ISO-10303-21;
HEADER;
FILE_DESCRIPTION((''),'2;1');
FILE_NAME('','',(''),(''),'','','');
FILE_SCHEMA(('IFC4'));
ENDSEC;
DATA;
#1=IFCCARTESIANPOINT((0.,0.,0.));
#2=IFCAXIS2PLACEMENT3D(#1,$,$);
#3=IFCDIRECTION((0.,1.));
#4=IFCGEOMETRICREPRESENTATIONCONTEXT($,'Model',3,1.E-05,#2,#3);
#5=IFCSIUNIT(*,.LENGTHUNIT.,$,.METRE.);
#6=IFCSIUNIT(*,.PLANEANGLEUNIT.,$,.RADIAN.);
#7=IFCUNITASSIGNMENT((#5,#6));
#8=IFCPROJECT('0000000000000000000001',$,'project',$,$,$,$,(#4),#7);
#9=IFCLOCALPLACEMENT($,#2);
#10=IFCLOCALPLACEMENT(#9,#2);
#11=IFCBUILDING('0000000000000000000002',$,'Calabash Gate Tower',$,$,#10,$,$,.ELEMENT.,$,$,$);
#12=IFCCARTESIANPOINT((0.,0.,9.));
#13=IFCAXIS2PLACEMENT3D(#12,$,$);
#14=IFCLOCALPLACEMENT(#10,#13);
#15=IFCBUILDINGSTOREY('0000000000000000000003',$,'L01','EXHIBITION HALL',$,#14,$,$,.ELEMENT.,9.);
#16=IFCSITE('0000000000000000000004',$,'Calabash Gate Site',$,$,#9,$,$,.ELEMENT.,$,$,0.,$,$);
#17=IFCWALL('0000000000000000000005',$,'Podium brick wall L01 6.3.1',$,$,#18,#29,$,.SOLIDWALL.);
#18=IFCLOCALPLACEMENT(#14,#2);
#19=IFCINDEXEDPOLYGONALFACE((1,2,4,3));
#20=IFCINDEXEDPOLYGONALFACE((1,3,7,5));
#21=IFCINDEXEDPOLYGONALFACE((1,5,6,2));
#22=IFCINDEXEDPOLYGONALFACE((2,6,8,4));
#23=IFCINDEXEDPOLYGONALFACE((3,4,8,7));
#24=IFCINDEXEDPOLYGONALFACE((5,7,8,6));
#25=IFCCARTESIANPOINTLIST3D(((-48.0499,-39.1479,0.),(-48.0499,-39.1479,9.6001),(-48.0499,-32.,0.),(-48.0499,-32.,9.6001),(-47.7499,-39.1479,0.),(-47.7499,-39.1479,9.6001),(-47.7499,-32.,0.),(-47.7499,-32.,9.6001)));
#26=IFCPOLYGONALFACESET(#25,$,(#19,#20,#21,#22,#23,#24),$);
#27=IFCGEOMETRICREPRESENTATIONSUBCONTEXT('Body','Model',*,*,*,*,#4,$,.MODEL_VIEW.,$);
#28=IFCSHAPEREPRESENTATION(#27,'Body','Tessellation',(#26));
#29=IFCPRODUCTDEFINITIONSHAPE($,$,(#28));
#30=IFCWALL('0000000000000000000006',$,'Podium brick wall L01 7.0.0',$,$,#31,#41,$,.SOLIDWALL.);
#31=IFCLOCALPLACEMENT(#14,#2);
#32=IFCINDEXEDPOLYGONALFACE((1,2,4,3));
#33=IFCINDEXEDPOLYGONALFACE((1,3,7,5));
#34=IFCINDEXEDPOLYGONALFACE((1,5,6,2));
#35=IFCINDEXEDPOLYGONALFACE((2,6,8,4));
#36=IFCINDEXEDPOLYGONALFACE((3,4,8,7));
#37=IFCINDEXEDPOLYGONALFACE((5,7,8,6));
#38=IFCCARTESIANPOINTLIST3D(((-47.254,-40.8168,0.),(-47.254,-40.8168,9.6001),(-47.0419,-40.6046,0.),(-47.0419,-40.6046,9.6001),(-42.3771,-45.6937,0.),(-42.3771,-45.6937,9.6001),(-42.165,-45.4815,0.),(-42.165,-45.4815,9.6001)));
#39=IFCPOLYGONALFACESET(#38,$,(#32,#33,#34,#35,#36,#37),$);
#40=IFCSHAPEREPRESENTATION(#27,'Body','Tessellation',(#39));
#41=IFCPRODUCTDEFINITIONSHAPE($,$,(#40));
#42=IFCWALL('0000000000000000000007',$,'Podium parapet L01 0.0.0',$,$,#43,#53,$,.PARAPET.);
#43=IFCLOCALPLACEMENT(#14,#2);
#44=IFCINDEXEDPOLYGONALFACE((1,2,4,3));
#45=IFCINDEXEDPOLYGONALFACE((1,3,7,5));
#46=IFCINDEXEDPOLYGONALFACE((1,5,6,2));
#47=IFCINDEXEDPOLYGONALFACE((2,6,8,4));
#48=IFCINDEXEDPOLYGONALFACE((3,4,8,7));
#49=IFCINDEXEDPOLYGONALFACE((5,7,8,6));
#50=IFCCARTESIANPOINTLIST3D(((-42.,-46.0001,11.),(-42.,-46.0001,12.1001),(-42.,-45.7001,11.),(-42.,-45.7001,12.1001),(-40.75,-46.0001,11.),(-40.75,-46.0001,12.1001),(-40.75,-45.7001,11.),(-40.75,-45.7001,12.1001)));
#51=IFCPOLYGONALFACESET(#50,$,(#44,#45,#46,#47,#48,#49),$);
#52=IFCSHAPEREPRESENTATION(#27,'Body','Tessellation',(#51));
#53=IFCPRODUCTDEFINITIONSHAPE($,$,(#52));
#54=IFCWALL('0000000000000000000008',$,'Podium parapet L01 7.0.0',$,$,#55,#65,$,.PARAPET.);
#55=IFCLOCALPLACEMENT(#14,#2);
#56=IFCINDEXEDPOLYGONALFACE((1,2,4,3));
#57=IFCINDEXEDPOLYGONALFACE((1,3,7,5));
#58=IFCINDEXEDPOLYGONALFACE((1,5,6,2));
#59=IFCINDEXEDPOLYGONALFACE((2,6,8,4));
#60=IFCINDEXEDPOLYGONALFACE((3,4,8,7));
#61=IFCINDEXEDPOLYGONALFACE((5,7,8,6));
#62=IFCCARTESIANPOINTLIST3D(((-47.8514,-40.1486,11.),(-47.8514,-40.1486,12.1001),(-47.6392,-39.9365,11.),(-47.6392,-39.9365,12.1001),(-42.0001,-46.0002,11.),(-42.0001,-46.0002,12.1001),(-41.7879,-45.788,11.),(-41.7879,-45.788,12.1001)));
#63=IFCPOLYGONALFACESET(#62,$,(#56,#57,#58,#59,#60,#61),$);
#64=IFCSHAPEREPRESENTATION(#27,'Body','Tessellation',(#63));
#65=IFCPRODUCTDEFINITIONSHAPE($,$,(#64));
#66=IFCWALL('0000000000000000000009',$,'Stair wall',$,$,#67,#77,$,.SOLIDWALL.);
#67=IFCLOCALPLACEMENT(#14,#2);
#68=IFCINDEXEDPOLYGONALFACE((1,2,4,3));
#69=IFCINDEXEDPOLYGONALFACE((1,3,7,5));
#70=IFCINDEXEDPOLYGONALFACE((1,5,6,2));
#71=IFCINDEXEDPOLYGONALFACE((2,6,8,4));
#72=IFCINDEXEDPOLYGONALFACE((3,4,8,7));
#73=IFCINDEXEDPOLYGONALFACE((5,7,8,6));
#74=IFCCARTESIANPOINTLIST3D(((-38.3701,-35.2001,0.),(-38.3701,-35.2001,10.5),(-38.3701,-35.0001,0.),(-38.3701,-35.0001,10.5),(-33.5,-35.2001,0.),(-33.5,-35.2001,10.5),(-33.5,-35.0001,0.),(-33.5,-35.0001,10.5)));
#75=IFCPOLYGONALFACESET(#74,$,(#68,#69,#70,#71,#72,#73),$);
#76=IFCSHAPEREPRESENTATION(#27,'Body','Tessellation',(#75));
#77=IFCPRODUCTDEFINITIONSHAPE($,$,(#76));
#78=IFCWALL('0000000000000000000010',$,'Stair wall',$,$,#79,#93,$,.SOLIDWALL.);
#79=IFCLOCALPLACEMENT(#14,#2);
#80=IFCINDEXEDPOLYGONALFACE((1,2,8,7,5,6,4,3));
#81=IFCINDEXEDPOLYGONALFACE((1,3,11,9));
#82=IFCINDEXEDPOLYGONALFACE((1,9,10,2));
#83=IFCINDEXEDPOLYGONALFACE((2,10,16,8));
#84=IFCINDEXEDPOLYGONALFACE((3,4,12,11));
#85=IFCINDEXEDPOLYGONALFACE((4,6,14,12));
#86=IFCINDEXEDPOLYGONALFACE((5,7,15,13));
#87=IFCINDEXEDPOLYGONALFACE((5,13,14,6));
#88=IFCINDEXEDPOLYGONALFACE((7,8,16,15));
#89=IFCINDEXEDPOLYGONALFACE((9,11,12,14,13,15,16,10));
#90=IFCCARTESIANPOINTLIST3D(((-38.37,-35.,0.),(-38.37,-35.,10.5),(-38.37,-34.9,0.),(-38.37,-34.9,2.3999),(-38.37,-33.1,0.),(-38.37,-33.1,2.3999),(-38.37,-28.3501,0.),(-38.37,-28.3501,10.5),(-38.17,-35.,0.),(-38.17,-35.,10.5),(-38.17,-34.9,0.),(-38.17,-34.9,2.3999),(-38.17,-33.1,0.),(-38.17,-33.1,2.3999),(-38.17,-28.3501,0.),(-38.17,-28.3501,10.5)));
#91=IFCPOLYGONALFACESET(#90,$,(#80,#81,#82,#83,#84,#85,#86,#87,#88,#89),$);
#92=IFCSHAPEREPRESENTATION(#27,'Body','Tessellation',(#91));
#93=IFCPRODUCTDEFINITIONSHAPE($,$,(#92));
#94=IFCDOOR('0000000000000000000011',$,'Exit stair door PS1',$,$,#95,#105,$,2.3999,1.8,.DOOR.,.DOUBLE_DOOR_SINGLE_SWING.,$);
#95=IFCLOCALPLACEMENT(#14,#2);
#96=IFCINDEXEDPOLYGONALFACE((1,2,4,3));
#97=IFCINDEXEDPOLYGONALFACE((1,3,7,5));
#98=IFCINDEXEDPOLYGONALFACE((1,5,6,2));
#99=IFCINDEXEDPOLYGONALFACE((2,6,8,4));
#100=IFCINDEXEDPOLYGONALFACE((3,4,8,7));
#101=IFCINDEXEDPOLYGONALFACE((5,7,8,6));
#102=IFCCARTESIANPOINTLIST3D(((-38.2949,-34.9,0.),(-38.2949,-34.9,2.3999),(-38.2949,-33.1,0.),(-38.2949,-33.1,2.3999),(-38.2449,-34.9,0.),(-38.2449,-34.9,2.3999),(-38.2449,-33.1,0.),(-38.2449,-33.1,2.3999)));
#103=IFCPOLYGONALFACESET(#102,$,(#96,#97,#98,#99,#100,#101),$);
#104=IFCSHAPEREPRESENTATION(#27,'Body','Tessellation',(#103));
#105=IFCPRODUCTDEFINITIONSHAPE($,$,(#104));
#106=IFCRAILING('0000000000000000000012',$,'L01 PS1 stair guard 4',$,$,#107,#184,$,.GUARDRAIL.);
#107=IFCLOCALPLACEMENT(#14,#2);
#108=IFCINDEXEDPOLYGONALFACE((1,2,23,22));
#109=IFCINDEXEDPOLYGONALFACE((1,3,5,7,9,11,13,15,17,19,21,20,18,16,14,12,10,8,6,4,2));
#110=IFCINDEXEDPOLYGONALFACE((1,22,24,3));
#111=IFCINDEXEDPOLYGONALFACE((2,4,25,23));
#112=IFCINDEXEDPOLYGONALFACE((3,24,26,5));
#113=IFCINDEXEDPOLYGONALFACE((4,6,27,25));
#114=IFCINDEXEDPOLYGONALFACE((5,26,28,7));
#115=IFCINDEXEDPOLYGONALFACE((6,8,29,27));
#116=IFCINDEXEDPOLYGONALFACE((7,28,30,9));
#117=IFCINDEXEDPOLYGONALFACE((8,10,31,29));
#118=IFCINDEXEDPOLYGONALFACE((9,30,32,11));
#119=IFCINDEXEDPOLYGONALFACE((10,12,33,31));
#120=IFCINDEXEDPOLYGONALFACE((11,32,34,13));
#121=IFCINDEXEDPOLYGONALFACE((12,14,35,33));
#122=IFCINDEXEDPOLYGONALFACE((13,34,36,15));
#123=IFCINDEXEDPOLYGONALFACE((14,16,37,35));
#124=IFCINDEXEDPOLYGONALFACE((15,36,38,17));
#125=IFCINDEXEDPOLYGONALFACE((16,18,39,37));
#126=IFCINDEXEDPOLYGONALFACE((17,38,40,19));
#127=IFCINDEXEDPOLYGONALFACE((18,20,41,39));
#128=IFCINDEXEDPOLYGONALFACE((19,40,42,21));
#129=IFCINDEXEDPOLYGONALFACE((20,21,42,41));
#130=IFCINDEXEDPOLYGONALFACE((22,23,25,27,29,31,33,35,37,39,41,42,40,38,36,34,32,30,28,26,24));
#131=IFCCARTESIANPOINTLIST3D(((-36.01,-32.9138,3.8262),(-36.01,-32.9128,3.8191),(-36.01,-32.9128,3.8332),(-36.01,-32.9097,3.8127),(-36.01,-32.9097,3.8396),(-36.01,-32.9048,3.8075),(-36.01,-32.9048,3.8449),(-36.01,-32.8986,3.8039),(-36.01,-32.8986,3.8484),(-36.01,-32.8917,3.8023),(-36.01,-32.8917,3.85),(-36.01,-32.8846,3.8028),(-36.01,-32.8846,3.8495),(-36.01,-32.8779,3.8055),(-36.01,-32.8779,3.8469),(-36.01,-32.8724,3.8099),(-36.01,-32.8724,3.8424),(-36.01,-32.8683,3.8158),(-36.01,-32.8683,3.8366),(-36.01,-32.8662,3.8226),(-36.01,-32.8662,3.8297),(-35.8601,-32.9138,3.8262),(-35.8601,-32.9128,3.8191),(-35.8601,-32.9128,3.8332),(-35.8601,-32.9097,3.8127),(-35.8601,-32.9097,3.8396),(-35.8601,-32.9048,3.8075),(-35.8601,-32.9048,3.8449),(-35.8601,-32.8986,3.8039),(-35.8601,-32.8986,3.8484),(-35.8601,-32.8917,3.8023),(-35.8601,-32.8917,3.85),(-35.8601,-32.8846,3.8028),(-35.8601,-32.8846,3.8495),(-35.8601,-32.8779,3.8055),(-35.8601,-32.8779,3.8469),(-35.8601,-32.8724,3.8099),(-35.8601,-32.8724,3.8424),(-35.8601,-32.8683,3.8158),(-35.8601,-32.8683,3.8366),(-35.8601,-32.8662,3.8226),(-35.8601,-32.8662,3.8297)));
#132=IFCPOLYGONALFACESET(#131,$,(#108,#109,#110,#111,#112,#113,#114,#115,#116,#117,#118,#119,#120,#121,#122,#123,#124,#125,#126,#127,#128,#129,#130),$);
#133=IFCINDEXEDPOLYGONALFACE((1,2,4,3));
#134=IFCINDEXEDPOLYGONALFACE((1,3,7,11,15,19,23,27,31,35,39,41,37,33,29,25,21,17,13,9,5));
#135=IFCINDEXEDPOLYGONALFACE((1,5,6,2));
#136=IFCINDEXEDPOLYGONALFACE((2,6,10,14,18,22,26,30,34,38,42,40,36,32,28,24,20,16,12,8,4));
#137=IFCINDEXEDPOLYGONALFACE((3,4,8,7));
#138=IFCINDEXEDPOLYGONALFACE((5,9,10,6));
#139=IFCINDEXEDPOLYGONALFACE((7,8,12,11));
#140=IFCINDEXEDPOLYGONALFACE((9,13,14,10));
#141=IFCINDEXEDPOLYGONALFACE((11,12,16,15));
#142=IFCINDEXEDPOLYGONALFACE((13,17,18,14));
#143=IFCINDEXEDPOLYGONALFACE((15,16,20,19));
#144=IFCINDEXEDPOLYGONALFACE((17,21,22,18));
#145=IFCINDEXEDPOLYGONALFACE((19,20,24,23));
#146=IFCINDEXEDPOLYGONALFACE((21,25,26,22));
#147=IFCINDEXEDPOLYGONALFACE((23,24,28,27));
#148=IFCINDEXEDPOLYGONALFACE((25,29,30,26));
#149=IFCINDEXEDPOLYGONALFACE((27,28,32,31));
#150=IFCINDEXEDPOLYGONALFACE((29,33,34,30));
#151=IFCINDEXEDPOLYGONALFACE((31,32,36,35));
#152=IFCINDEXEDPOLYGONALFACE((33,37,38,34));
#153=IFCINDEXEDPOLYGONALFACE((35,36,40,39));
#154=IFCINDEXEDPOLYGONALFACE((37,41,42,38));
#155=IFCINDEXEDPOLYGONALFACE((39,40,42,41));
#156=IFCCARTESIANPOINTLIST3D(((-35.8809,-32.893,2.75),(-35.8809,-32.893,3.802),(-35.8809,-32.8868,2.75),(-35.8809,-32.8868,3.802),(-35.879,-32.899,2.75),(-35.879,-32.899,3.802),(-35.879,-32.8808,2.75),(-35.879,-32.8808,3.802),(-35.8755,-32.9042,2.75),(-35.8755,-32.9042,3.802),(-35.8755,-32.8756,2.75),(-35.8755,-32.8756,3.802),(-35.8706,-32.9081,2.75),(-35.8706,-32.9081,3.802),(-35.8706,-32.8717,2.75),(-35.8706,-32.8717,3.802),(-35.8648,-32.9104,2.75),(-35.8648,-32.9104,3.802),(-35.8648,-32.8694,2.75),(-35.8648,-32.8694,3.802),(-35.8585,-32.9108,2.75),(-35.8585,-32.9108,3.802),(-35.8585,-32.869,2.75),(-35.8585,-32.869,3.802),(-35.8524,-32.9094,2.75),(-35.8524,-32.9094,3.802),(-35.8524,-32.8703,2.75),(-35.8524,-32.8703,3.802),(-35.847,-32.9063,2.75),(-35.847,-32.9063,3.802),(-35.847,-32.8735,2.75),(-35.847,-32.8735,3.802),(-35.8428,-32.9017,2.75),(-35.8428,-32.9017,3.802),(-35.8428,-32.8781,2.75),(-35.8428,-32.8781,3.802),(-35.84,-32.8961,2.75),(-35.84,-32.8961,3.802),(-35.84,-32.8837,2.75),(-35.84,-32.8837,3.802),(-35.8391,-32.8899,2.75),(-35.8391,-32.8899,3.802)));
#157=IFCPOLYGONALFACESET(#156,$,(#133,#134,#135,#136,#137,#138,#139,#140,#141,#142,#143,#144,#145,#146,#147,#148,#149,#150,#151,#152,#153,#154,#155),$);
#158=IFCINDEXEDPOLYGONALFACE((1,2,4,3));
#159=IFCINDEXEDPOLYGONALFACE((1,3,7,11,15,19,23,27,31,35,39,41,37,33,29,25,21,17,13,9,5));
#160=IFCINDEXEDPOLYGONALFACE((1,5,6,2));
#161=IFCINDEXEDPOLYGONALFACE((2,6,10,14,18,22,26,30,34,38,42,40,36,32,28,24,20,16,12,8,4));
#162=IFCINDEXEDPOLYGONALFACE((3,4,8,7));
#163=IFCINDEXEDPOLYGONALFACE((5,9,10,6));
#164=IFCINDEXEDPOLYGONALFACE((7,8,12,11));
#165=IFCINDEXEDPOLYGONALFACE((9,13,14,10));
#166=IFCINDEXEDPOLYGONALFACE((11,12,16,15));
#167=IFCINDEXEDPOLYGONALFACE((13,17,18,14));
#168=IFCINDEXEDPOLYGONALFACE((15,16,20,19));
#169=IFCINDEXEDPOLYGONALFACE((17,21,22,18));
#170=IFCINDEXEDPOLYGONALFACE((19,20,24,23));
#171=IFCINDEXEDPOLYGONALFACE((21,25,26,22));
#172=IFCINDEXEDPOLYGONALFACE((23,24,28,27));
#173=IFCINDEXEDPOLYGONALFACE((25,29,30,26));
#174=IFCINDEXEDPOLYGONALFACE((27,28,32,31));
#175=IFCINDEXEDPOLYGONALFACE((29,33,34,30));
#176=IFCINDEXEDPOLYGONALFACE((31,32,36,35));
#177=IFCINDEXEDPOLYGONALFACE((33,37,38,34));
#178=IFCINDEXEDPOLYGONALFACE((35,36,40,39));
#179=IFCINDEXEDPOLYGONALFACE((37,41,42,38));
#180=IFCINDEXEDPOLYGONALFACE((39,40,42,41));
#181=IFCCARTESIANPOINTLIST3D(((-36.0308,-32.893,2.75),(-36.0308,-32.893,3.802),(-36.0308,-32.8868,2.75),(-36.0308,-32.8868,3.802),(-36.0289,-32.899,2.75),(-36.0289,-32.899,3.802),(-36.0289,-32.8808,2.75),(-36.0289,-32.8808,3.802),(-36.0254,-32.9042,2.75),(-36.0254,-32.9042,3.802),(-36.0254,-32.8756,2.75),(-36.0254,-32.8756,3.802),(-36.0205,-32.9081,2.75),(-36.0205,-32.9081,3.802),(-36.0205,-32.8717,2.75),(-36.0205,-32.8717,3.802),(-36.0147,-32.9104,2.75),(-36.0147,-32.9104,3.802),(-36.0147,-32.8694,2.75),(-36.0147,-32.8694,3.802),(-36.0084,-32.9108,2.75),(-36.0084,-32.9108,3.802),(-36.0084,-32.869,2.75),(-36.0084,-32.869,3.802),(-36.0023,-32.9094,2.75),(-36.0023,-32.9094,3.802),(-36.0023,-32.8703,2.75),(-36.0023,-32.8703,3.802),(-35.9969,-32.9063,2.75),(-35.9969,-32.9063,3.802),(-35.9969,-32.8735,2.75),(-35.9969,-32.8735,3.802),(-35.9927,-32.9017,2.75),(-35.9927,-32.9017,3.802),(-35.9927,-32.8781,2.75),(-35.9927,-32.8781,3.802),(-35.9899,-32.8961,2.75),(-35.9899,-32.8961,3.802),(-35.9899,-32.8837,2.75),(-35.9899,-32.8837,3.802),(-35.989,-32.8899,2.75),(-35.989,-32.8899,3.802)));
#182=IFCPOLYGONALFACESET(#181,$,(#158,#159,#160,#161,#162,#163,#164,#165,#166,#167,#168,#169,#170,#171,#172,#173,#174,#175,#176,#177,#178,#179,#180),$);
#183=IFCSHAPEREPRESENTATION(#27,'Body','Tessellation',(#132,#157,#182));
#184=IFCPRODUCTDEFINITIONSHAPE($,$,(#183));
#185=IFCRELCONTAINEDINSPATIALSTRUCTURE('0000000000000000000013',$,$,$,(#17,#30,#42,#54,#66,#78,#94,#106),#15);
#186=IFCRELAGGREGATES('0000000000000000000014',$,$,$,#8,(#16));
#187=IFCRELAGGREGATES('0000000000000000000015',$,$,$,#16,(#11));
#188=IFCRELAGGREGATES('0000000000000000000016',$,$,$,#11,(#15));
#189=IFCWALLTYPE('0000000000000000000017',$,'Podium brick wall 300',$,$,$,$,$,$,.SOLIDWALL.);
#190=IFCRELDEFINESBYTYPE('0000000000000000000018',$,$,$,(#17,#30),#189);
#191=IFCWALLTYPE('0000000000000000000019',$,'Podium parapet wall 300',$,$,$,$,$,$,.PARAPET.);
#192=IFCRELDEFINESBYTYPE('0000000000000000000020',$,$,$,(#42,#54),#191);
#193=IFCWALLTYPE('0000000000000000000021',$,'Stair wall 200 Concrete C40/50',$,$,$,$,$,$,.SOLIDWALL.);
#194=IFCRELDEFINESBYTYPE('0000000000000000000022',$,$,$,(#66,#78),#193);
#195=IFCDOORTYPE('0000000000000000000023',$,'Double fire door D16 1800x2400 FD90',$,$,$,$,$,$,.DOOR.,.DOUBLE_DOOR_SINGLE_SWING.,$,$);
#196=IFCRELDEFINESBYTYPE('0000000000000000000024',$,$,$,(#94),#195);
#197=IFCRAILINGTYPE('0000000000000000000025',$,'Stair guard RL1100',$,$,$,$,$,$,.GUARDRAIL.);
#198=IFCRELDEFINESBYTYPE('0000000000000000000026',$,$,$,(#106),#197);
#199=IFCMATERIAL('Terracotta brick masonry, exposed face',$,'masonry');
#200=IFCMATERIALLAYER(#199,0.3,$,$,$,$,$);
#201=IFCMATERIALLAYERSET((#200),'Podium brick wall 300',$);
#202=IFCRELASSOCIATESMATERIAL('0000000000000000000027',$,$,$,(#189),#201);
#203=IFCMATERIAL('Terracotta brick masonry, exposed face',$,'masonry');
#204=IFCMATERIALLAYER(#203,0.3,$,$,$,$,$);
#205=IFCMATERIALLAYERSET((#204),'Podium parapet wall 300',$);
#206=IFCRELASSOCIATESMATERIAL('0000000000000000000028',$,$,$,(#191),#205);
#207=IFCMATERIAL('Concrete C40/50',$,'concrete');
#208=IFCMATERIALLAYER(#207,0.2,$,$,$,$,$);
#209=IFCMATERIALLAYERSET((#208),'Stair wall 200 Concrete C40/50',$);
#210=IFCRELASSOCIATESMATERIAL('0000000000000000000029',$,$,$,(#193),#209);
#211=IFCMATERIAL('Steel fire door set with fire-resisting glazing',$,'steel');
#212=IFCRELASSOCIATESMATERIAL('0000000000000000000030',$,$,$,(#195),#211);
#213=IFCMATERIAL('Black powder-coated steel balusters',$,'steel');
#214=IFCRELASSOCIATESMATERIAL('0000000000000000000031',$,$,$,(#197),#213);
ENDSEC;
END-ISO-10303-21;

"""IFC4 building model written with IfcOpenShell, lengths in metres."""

from ifc_helpers import new_model, si_unit, direction, frame, frame_2d, origin, origin_2d, place, context, subcontext, project, spatial, rectangle, circle, extrude, material, layer, layer_set, type_object, element, fill, save


model = new_model("IFC4")

# Units and contexts
model_context = context("Model", 3, precision=1e-05, world=origin(), true_north=direction((0.0, 1.0)))
body_context = subcontext(model_context, "Body", "Model", "MODEL_VIEW")
ifc_project = project(units=[si_unit("LENGTHUNIT", "METRE"), si_unit("PLANEANGLEUNIT", "RADIAN")], contexts=[model_context])

# Site, building, storey
site_placement = place(None, origin())
site = spatial("IfcSite", under=ifc_project, at=site_placement, Name="Calabash Gate Site", CompositionType="ELEMENT", RefElevation=0.0)
building_placement = place(site_placement, origin())
building = spatial("IfcBuilding", under=site, at=building_placement, Name="Calabash Gate Tower", CompositionType="ELEMENT")
storey_placement = place(building_placement, frame((0.0, 0.0, 9.0)))
storey = spatial("IfcBuildingStorey", under=building, at=storey_placement, Name="L01", Description="EXHIBITION HALL", CompositionType="ELEMENT", Elevation=9.0)

# Walls
ifc_material_1 = material(Name="Terracotta brick masonry, exposed face", Category="masonry")
ifc_layer_1 = layer(ifc_material_1, 0.3)
ifc_layer_set_1 = layer_set([ifc_layer_1], Name="Podium brick wall 300")
wall_type_1 = type_object("IfcWallType", Name="Podium brick wall 300", PredefinedType="SOLIDWALL", material=ifc_layer_set_1)
wall_1_placement = place(storey_placement, frame((-47.8999, -32.0, 0.0), z_axis=(0.0, 0.0, 1.0), x_axis=(0.0, -1.0, 0.0)))
element("IfcWall", 1, at=wall_1_placement, inside=storey, type_object=wall_type_1, Name="Podium brick wall L01 6.3.1", PredefinedType="SOLIDWALL", context=body_context, shape_type="SweptSolid", body=[
    extrude(rectangle(XDim=7.1479, YDim=0.3, at=frame_2d((3.574, 0.0))), origin(), (0.0, 0.0, 1.0), 9.6001),
])
wall_2_placement = place(storey_placement, frame((-47.1479, -40.7107, 0.0), z_axis=(0.0, 0.0, 1.0), x_axis=(0.707107, -0.707107, 0.0)))
element("IfcWall", 2, at=wall_2_placement, inside=storey, type_object=wall_type_1, Name="Podium brick wall L01 7.0.0", PredefinedType="SOLIDWALL", context=body_context, shape_type="SweptSolid", body=[
    extrude(rectangle(XDim=6.897, YDim=0.3, at=frame_2d((3.4485, 0.0))), origin(), (0.0, 0.0, 1.0), 9.6001),
])
ifc_material_2 = material(Name="Terracotta brick masonry, exposed face", Category="masonry")
ifc_layer_2 = layer(ifc_material_2, 0.3)
ifc_layer_set_2 = layer_set([ifc_layer_2], Name="Podium parapet wall 300")
wall_type_2 = type_object("IfcWallType", Name="Podium parapet wall 300", PredefinedType="PARAPET", material=ifc_layer_set_2)
wall_3_placement = place(storey_placement, frame((-42.0, -45.8501, 11.0), z_axis=(0.0, 0.0, 1.0), x_axis=(1.0, 0.0, 0.0)))
element("IfcWall", 3, at=wall_3_placement, inside=storey, type_object=wall_type_2, Name="Podium parapet L01 0.0.0", PredefinedType="PARAPET", context=body_context, shape_type="SweptSolid", body=[
    extrude(rectangle(XDim=1.25, YDim=0.3, at=frame_2d((0.625, 0.0))), origin(), (0.0, 0.0, 1.0), 1.1001),
])
wall_4_placement = place(storey_placement, frame((-47.7454, -40.0425, 11.0), z_axis=(0.0, 0.0, 1.0), x_axis=(0.707092, -0.707122, 0.0)))
element("IfcWall", 4, at=wall_4_placement, inside=storey, type_object=wall_type_2, Name="Podium parapet L01 7.0.0", PredefinedType="PARAPET", context=body_context, shape_type="SweptSolid", body=[
    extrude(rectangle(XDim=8.2751, YDim=0.3, at=frame_2d((4.1377, 0.0))), origin(), (0.0, 0.0, 1.0), 1.1001),
])
ifc_material_3 = material(Name="Concrete C40/50", Category="concrete")
ifc_layer_3 = layer(ifc_material_3, 0.2)
ifc_layer_set_3 = layer_set([ifc_layer_3], Name="Stair wall 200 Concrete C40/50")
wall_type_3 = type_object("IfcWallType", Name="Stair wall 200 Concrete C40/50", PredefinedType="SOLIDWALL", material=ifc_layer_set_3)
wall_5_placement = place(storey_placement, frame((-38.3701, -35.1001, 0.0), z_axis=(0.0, 0.0, 1.0), x_axis=(1.0, 0.0, 0.0)))
element("IfcWall", 5, at=wall_5_placement, inside=storey, type_object=wall_type_3, Name="Stair wall", PredefinedType="SOLIDWALL", context=body_context, shape_type="SweptSolid", body=[
    extrude(rectangle(XDim=4.8701, YDim=0.2, at=frame_2d((2.4351, 0.0))), origin(), (0.0, 0.0, 1.0), 10.5),
])

# Wall, opening, door
wall_6_placement = place(storey_placement, frame((-38.27, -35.0, 0.0), z_axis=(0.0, 0.0, 1.0), x_axis=(0.0, 1.0, 0.0)))
wall_6 = element("IfcWall", 6, at=wall_6_placement, inside=storey, type_object=wall_type_3, Name="Stair wall", PredefinedType="SOLIDWALL", context=body_context, shape_type="SweptSolid", body=[
    extrude(rectangle(XDim=6.6499, YDim=0.2, at=frame_2d((3.325, 0.0))), origin(), (0.0, 0.0, 1.0), 10.5),
])
opening_placement = place(wall_6_placement, frame((0.1001, 0.0, 0.0)))
opening = element("IfcOpeningElement", 7, at=opening_placement, cuts=wall_6, PredefinedType="OPENING", context=body_context, shape_type="SweptSolid", body=[
    extrude(rectangle(XDim=1.8, YDim=2.3999, at=frame_2d((0.8999, 1.2))), frame((0.0, 0.1099, 0.0), z_axis=(0.0, -1.0, 0.0), x_axis=(1.0, 0.0, 0.0)), (0.0, 0.0, 1.0), 0.22),
])
ifc_material_4 = material(Name="Steel fire door set with fire-resisting glazing", Category="steel")
door_type = type_object("IfcDoorType", Name="Double fire door D16 1800x2400 FD90", OperationType="DOUBLE_DOOR_SINGLE_SWING", PredefinedType="DOOR", material=ifc_material_4)
door_placement = place(opening_placement, origin())
door = element("IfcDoor", 8, at=door_placement, inside=storey, type_object=door_type, Name="Exit stair door PS1", OperationType="DOUBLE_DOOR_SINGLE_SWING", OverallHeight=2.3999, OverallWidth=1.8, PredefinedType="DOOR", context=body_context, shape_type="SweptSolid", body=[
    extrude(rectangle(XDim=1.8, YDim=2.3999, at=frame_2d((0.8999, 1.2))), frame((0.0, 0.0249, 0.0), z_axis=(0.0, -1.0, 0.0), x_axis=(1.0, 0.0, 0.0)), (0.0, 0.0, 1.0), 0.05),
])
fill(opening, door)

# Railing
ifc_material_5 = material(Name="Black powder-coated steel balusters", Category="steel")
railing_type = type_object("IfcRailingType", Name="Stair guard RL1100", PredefinedType="GUARDRAIL", material=ifc_material_5)
for number, where, name in (
    (9, (-35.8601, -32.8899, 2.75), "L01 PS1 stair guard 4"),
):
    element("IfcRailing", number, at=place(storey_placement, frame(where)), inside=storey, type_object=railing_type, Name=name, PredefinedType="GUARDRAIL", context=body_context, shape_type="SweptSolid", body=[
        extrude(circle(Radius=0.0239, at=origin_2d()), frame((0.0, 0.0, 1.0762), z_axis=(-1.0, 0.0, 0.0), x_axis=(0.0, -1.0, 0.0)), (0.0, 0.0, 1.0), 0.1499),
        extrude(circle(Radius=0.021, at=origin_2d()), origin(), (0.0, 0.0, 1.0), 1.052),
        extrude(circle(Radius=0.021, at=origin_2d()), frame((-0.1499, 0.0, 0.0)), (0.0, 0.0, 1.0), 1.052),
    ])

save(model, "model.ifc")
